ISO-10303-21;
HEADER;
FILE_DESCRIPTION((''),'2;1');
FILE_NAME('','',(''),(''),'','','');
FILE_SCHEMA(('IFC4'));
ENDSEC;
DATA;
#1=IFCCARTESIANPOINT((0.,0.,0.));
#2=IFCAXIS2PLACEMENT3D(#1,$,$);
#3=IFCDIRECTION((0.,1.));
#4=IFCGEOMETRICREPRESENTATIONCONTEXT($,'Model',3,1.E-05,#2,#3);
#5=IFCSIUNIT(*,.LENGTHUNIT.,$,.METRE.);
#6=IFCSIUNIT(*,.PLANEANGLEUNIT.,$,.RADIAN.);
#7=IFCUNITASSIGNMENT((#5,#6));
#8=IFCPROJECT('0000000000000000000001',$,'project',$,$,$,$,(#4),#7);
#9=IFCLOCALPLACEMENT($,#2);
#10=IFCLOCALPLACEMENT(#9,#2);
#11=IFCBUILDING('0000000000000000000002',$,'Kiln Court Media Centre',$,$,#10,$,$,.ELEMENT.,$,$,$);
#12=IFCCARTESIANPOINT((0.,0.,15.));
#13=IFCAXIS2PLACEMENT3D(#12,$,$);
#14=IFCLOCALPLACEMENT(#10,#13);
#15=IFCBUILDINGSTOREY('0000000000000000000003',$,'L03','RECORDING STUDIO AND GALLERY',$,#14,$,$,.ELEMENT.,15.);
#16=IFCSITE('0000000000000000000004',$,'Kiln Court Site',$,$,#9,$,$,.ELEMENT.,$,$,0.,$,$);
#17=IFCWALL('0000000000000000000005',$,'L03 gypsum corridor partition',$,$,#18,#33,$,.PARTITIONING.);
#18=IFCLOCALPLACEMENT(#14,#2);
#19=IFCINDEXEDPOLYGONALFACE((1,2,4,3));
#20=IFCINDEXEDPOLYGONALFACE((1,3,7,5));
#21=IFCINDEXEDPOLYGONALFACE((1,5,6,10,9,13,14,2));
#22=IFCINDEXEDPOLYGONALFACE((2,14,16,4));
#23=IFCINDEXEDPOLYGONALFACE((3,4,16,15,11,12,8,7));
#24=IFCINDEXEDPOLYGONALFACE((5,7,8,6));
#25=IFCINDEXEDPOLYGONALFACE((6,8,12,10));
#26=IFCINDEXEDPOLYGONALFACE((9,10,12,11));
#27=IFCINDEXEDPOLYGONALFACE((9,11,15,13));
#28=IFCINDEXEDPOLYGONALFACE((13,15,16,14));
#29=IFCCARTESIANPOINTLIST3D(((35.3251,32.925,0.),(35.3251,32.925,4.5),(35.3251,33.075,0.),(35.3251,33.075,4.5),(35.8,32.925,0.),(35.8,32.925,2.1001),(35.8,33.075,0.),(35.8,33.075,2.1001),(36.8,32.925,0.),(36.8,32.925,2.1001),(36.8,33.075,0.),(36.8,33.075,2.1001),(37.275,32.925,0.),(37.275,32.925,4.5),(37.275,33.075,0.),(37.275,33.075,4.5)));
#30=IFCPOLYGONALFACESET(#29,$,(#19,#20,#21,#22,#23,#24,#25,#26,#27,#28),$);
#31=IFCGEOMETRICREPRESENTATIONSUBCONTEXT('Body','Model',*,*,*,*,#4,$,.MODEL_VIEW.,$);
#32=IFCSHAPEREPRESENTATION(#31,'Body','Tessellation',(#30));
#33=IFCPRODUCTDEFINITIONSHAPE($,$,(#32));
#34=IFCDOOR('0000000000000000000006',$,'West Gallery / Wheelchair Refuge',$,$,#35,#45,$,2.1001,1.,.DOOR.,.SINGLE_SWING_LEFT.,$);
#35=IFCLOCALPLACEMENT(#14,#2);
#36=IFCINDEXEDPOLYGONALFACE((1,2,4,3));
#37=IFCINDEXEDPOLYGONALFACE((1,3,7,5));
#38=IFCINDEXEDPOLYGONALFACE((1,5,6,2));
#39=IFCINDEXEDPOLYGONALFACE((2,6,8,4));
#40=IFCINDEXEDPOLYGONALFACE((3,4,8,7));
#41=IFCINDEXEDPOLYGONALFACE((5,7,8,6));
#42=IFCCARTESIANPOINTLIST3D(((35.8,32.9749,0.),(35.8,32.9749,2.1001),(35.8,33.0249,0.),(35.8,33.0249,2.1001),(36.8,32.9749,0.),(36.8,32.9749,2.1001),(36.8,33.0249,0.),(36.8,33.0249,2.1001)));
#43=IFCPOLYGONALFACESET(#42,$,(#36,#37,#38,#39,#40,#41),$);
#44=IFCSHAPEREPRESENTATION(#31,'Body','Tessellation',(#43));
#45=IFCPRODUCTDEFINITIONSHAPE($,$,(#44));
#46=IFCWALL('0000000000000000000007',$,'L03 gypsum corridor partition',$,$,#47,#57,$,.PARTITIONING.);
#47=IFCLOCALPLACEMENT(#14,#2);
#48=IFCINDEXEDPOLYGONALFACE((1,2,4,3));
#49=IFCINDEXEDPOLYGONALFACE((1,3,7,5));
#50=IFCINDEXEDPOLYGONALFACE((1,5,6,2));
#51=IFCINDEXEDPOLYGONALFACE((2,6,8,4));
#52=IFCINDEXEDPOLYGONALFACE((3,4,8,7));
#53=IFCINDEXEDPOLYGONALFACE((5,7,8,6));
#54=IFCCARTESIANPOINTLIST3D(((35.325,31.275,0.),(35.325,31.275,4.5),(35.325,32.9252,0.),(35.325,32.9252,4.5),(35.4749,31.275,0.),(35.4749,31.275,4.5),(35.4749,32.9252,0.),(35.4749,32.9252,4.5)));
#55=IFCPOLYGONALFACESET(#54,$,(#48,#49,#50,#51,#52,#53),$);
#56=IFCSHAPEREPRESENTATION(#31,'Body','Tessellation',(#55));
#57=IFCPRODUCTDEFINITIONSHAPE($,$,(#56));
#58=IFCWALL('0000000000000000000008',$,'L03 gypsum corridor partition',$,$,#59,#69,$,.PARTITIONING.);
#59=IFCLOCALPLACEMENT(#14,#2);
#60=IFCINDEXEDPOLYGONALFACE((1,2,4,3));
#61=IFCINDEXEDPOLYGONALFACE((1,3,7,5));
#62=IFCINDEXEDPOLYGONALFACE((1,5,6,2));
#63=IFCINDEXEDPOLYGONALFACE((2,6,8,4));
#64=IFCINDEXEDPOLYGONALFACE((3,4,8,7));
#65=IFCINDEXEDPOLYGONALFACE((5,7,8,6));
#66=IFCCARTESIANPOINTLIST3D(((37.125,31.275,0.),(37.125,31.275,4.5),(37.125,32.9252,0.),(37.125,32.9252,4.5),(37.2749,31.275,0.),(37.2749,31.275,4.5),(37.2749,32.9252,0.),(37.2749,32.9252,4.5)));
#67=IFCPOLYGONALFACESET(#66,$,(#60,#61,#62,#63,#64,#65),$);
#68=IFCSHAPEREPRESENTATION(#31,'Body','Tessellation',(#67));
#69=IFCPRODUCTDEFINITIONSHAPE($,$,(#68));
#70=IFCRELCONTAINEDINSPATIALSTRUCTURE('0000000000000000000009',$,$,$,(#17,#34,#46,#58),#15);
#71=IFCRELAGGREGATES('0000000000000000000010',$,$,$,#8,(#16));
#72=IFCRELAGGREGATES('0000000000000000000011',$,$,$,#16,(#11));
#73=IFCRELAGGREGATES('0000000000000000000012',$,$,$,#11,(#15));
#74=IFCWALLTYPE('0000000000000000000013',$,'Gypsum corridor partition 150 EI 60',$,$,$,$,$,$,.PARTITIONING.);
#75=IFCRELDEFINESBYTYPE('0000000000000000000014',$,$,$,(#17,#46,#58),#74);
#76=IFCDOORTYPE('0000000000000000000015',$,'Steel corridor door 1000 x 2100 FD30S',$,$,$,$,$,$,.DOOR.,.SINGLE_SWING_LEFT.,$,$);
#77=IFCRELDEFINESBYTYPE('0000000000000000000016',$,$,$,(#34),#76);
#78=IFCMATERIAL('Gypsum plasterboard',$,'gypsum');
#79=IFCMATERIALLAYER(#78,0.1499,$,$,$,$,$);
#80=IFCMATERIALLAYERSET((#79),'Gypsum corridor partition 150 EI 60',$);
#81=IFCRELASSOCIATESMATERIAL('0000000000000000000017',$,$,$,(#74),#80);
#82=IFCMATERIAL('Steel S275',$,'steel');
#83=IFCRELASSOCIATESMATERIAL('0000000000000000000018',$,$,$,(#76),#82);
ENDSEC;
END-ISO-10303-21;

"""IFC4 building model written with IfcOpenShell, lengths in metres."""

from ifc_helpers import new_model, si_unit, direction, frame, frame_2d, origin, place, context, subcontext, project, spatial, rectangle, extrude, material, layer, layer_set, type_object, element, fill, save


model = new_model("IFC4")

# Units and contexts
model_context = context("Model", 3, precision=1e-05, world=origin(), true_north=direction((0.0, 1.0)))
body_context = subcontext(model_context, "Body", "Model", "MODEL_VIEW")
ifc_project = project(units=[si_unit("LENGTHUNIT", "METRE"), si_unit("PLANEANGLEUNIT", "RADIAN")], contexts=[model_context])

# Site, building, storey
site_placement = place(None, origin())
site = spatial("IfcSite", under=ifc_project, at=site_placement, Name="Kiln Court Site", CompositionType="ELEMENT", RefElevation=0.0)
building_placement = place(site_placement, origin())
building = spatial("IfcBuilding", under=site, at=building_placement, Name="Kiln Court Media Centre", CompositionType="ELEMENT")
storey_placement = place(building_placement, frame((0.0, 0.0, 15.0)))
storey = spatial("IfcBuildingStorey", under=building, at=storey_placement, Name="L03", Description="RECORDING STUDIO AND GALLERY", CompositionType="ELEMENT", Elevation=15.0)

# Wall, opening, door
ifc_material_1 = material(Name="Gypsum plasterboard", Category="gypsum")
ifc_layer_1 = layer(ifc_material_1, 0.1499)
ifc_layer_set_1 = layer_set([ifc_layer_1], Name="Gypsum corridor partition 150 EI 60")
wall_type_1 = type_object("IfcWallType", Name="Gypsum corridor partition 150 EI 60", PredefinedType="PARTITIONING", material=ifc_layer_set_1)
wall_1_placement = place(storey_placement, frame((35.325, 33.0, 0.0), z_axis=(0.0, 0.0, 1.0), x_axis=(1.0, 0.0, 0.0)))
wall_1 = element("IfcWall", 1, at=wall_1_placement, inside=storey, type_object=wall_type_1, Name="L03 gypsum corridor partition", PredefinedType="PARTITIONING", context=body_context, shape_type="SweptSolid", body=[
    extrude(rectangle(XDim=1.95, YDim=0.1499, at=frame_2d((0.9751, 0.0))), origin(), (0.0, 0.0, 1.0), 4.5),
])
opening_1_placement = place(wall_1_placement, frame((0.4751, 0.0, 0.0)))
opening_1 = element("IfcOpeningElement", 2, at=opening_1_placement, cuts=wall_1, PredefinedType="OPENING", context=body_context, shape_type="SweptSolid", body=[
    extrude(rectangle(XDim=1.0, YDim=2.1001, at=frame_2d((0.5, 1.05))), frame((0.0, 0.085, 0.0), z_axis=(0.0, -1.0, 0.0), x_axis=(1.0, 0.0, 0.0)), (0.0, 0.0, 1.0), 0.1699),
])
ifc_material_2 = material(Name="Steel S275", Category="steel")
door_type_1 = type_object("IfcDoorType", Name="Steel corridor door 1000 x 2100 FD30S", OperationType="SINGLE_SWING_LEFT", PredefinedType="DOOR", material=ifc_material_2)
door_1_placement = place(opening_1_placement, origin())
door_1 = element("IfcDoor", 3, at=door_1_placement, inside=storey, type_object=door_type_1, Name="West Gallery / Wheelchair Refuge", OperationType="SINGLE_SWING_LEFT", OverallHeight=2.1001, OverallWidth=1.0, PredefinedType="DOOR", context=body_context, shape_type="SweptSolid", body=[
    extrude(rectangle(XDim=1.0, YDim=2.1001, at=frame_2d((0.5, 1.05))), frame((0.0, 0.0249, 0.0), z_axis=(0.0, -1.0, 0.0), x_axis=(1.0, 0.0, 0.0)), (0.0, 0.0, 1.0), 0.05),
])
fill(opening_1, door_1)

# Walls
for number, where, z_axis, x_axis, name in (
    (4, (35.3999, 31.2749, 0.0), (0.0, 0.0, 1.0), (0.0, 1.0, 0.0), "L03 gypsum corridor partition"),
    (5, (37.2, 31.2749, 0.0), (0.0, 0.0, 1.0), (0.0, 1.0, 0.0), "L03 gypsum corridor partition"),
):
    element("IfcWall", number, at=place(storey_placement, frame(where, z_axis=z_axis, x_axis=x_axis)), inside=storey, type_object=wall_type_1, Name=name, PredefinedType="PARTITIONING", context=body_context, shape_type="SweptSolid", body=[
        extrude(rectangle(XDim=1.6501, YDim=0.1499, at=frame_2d((0.8252, 0.0))), origin(), (0.0, 0.0, 1.0), 4.5),
    ])

save(model, "model.ifc")
